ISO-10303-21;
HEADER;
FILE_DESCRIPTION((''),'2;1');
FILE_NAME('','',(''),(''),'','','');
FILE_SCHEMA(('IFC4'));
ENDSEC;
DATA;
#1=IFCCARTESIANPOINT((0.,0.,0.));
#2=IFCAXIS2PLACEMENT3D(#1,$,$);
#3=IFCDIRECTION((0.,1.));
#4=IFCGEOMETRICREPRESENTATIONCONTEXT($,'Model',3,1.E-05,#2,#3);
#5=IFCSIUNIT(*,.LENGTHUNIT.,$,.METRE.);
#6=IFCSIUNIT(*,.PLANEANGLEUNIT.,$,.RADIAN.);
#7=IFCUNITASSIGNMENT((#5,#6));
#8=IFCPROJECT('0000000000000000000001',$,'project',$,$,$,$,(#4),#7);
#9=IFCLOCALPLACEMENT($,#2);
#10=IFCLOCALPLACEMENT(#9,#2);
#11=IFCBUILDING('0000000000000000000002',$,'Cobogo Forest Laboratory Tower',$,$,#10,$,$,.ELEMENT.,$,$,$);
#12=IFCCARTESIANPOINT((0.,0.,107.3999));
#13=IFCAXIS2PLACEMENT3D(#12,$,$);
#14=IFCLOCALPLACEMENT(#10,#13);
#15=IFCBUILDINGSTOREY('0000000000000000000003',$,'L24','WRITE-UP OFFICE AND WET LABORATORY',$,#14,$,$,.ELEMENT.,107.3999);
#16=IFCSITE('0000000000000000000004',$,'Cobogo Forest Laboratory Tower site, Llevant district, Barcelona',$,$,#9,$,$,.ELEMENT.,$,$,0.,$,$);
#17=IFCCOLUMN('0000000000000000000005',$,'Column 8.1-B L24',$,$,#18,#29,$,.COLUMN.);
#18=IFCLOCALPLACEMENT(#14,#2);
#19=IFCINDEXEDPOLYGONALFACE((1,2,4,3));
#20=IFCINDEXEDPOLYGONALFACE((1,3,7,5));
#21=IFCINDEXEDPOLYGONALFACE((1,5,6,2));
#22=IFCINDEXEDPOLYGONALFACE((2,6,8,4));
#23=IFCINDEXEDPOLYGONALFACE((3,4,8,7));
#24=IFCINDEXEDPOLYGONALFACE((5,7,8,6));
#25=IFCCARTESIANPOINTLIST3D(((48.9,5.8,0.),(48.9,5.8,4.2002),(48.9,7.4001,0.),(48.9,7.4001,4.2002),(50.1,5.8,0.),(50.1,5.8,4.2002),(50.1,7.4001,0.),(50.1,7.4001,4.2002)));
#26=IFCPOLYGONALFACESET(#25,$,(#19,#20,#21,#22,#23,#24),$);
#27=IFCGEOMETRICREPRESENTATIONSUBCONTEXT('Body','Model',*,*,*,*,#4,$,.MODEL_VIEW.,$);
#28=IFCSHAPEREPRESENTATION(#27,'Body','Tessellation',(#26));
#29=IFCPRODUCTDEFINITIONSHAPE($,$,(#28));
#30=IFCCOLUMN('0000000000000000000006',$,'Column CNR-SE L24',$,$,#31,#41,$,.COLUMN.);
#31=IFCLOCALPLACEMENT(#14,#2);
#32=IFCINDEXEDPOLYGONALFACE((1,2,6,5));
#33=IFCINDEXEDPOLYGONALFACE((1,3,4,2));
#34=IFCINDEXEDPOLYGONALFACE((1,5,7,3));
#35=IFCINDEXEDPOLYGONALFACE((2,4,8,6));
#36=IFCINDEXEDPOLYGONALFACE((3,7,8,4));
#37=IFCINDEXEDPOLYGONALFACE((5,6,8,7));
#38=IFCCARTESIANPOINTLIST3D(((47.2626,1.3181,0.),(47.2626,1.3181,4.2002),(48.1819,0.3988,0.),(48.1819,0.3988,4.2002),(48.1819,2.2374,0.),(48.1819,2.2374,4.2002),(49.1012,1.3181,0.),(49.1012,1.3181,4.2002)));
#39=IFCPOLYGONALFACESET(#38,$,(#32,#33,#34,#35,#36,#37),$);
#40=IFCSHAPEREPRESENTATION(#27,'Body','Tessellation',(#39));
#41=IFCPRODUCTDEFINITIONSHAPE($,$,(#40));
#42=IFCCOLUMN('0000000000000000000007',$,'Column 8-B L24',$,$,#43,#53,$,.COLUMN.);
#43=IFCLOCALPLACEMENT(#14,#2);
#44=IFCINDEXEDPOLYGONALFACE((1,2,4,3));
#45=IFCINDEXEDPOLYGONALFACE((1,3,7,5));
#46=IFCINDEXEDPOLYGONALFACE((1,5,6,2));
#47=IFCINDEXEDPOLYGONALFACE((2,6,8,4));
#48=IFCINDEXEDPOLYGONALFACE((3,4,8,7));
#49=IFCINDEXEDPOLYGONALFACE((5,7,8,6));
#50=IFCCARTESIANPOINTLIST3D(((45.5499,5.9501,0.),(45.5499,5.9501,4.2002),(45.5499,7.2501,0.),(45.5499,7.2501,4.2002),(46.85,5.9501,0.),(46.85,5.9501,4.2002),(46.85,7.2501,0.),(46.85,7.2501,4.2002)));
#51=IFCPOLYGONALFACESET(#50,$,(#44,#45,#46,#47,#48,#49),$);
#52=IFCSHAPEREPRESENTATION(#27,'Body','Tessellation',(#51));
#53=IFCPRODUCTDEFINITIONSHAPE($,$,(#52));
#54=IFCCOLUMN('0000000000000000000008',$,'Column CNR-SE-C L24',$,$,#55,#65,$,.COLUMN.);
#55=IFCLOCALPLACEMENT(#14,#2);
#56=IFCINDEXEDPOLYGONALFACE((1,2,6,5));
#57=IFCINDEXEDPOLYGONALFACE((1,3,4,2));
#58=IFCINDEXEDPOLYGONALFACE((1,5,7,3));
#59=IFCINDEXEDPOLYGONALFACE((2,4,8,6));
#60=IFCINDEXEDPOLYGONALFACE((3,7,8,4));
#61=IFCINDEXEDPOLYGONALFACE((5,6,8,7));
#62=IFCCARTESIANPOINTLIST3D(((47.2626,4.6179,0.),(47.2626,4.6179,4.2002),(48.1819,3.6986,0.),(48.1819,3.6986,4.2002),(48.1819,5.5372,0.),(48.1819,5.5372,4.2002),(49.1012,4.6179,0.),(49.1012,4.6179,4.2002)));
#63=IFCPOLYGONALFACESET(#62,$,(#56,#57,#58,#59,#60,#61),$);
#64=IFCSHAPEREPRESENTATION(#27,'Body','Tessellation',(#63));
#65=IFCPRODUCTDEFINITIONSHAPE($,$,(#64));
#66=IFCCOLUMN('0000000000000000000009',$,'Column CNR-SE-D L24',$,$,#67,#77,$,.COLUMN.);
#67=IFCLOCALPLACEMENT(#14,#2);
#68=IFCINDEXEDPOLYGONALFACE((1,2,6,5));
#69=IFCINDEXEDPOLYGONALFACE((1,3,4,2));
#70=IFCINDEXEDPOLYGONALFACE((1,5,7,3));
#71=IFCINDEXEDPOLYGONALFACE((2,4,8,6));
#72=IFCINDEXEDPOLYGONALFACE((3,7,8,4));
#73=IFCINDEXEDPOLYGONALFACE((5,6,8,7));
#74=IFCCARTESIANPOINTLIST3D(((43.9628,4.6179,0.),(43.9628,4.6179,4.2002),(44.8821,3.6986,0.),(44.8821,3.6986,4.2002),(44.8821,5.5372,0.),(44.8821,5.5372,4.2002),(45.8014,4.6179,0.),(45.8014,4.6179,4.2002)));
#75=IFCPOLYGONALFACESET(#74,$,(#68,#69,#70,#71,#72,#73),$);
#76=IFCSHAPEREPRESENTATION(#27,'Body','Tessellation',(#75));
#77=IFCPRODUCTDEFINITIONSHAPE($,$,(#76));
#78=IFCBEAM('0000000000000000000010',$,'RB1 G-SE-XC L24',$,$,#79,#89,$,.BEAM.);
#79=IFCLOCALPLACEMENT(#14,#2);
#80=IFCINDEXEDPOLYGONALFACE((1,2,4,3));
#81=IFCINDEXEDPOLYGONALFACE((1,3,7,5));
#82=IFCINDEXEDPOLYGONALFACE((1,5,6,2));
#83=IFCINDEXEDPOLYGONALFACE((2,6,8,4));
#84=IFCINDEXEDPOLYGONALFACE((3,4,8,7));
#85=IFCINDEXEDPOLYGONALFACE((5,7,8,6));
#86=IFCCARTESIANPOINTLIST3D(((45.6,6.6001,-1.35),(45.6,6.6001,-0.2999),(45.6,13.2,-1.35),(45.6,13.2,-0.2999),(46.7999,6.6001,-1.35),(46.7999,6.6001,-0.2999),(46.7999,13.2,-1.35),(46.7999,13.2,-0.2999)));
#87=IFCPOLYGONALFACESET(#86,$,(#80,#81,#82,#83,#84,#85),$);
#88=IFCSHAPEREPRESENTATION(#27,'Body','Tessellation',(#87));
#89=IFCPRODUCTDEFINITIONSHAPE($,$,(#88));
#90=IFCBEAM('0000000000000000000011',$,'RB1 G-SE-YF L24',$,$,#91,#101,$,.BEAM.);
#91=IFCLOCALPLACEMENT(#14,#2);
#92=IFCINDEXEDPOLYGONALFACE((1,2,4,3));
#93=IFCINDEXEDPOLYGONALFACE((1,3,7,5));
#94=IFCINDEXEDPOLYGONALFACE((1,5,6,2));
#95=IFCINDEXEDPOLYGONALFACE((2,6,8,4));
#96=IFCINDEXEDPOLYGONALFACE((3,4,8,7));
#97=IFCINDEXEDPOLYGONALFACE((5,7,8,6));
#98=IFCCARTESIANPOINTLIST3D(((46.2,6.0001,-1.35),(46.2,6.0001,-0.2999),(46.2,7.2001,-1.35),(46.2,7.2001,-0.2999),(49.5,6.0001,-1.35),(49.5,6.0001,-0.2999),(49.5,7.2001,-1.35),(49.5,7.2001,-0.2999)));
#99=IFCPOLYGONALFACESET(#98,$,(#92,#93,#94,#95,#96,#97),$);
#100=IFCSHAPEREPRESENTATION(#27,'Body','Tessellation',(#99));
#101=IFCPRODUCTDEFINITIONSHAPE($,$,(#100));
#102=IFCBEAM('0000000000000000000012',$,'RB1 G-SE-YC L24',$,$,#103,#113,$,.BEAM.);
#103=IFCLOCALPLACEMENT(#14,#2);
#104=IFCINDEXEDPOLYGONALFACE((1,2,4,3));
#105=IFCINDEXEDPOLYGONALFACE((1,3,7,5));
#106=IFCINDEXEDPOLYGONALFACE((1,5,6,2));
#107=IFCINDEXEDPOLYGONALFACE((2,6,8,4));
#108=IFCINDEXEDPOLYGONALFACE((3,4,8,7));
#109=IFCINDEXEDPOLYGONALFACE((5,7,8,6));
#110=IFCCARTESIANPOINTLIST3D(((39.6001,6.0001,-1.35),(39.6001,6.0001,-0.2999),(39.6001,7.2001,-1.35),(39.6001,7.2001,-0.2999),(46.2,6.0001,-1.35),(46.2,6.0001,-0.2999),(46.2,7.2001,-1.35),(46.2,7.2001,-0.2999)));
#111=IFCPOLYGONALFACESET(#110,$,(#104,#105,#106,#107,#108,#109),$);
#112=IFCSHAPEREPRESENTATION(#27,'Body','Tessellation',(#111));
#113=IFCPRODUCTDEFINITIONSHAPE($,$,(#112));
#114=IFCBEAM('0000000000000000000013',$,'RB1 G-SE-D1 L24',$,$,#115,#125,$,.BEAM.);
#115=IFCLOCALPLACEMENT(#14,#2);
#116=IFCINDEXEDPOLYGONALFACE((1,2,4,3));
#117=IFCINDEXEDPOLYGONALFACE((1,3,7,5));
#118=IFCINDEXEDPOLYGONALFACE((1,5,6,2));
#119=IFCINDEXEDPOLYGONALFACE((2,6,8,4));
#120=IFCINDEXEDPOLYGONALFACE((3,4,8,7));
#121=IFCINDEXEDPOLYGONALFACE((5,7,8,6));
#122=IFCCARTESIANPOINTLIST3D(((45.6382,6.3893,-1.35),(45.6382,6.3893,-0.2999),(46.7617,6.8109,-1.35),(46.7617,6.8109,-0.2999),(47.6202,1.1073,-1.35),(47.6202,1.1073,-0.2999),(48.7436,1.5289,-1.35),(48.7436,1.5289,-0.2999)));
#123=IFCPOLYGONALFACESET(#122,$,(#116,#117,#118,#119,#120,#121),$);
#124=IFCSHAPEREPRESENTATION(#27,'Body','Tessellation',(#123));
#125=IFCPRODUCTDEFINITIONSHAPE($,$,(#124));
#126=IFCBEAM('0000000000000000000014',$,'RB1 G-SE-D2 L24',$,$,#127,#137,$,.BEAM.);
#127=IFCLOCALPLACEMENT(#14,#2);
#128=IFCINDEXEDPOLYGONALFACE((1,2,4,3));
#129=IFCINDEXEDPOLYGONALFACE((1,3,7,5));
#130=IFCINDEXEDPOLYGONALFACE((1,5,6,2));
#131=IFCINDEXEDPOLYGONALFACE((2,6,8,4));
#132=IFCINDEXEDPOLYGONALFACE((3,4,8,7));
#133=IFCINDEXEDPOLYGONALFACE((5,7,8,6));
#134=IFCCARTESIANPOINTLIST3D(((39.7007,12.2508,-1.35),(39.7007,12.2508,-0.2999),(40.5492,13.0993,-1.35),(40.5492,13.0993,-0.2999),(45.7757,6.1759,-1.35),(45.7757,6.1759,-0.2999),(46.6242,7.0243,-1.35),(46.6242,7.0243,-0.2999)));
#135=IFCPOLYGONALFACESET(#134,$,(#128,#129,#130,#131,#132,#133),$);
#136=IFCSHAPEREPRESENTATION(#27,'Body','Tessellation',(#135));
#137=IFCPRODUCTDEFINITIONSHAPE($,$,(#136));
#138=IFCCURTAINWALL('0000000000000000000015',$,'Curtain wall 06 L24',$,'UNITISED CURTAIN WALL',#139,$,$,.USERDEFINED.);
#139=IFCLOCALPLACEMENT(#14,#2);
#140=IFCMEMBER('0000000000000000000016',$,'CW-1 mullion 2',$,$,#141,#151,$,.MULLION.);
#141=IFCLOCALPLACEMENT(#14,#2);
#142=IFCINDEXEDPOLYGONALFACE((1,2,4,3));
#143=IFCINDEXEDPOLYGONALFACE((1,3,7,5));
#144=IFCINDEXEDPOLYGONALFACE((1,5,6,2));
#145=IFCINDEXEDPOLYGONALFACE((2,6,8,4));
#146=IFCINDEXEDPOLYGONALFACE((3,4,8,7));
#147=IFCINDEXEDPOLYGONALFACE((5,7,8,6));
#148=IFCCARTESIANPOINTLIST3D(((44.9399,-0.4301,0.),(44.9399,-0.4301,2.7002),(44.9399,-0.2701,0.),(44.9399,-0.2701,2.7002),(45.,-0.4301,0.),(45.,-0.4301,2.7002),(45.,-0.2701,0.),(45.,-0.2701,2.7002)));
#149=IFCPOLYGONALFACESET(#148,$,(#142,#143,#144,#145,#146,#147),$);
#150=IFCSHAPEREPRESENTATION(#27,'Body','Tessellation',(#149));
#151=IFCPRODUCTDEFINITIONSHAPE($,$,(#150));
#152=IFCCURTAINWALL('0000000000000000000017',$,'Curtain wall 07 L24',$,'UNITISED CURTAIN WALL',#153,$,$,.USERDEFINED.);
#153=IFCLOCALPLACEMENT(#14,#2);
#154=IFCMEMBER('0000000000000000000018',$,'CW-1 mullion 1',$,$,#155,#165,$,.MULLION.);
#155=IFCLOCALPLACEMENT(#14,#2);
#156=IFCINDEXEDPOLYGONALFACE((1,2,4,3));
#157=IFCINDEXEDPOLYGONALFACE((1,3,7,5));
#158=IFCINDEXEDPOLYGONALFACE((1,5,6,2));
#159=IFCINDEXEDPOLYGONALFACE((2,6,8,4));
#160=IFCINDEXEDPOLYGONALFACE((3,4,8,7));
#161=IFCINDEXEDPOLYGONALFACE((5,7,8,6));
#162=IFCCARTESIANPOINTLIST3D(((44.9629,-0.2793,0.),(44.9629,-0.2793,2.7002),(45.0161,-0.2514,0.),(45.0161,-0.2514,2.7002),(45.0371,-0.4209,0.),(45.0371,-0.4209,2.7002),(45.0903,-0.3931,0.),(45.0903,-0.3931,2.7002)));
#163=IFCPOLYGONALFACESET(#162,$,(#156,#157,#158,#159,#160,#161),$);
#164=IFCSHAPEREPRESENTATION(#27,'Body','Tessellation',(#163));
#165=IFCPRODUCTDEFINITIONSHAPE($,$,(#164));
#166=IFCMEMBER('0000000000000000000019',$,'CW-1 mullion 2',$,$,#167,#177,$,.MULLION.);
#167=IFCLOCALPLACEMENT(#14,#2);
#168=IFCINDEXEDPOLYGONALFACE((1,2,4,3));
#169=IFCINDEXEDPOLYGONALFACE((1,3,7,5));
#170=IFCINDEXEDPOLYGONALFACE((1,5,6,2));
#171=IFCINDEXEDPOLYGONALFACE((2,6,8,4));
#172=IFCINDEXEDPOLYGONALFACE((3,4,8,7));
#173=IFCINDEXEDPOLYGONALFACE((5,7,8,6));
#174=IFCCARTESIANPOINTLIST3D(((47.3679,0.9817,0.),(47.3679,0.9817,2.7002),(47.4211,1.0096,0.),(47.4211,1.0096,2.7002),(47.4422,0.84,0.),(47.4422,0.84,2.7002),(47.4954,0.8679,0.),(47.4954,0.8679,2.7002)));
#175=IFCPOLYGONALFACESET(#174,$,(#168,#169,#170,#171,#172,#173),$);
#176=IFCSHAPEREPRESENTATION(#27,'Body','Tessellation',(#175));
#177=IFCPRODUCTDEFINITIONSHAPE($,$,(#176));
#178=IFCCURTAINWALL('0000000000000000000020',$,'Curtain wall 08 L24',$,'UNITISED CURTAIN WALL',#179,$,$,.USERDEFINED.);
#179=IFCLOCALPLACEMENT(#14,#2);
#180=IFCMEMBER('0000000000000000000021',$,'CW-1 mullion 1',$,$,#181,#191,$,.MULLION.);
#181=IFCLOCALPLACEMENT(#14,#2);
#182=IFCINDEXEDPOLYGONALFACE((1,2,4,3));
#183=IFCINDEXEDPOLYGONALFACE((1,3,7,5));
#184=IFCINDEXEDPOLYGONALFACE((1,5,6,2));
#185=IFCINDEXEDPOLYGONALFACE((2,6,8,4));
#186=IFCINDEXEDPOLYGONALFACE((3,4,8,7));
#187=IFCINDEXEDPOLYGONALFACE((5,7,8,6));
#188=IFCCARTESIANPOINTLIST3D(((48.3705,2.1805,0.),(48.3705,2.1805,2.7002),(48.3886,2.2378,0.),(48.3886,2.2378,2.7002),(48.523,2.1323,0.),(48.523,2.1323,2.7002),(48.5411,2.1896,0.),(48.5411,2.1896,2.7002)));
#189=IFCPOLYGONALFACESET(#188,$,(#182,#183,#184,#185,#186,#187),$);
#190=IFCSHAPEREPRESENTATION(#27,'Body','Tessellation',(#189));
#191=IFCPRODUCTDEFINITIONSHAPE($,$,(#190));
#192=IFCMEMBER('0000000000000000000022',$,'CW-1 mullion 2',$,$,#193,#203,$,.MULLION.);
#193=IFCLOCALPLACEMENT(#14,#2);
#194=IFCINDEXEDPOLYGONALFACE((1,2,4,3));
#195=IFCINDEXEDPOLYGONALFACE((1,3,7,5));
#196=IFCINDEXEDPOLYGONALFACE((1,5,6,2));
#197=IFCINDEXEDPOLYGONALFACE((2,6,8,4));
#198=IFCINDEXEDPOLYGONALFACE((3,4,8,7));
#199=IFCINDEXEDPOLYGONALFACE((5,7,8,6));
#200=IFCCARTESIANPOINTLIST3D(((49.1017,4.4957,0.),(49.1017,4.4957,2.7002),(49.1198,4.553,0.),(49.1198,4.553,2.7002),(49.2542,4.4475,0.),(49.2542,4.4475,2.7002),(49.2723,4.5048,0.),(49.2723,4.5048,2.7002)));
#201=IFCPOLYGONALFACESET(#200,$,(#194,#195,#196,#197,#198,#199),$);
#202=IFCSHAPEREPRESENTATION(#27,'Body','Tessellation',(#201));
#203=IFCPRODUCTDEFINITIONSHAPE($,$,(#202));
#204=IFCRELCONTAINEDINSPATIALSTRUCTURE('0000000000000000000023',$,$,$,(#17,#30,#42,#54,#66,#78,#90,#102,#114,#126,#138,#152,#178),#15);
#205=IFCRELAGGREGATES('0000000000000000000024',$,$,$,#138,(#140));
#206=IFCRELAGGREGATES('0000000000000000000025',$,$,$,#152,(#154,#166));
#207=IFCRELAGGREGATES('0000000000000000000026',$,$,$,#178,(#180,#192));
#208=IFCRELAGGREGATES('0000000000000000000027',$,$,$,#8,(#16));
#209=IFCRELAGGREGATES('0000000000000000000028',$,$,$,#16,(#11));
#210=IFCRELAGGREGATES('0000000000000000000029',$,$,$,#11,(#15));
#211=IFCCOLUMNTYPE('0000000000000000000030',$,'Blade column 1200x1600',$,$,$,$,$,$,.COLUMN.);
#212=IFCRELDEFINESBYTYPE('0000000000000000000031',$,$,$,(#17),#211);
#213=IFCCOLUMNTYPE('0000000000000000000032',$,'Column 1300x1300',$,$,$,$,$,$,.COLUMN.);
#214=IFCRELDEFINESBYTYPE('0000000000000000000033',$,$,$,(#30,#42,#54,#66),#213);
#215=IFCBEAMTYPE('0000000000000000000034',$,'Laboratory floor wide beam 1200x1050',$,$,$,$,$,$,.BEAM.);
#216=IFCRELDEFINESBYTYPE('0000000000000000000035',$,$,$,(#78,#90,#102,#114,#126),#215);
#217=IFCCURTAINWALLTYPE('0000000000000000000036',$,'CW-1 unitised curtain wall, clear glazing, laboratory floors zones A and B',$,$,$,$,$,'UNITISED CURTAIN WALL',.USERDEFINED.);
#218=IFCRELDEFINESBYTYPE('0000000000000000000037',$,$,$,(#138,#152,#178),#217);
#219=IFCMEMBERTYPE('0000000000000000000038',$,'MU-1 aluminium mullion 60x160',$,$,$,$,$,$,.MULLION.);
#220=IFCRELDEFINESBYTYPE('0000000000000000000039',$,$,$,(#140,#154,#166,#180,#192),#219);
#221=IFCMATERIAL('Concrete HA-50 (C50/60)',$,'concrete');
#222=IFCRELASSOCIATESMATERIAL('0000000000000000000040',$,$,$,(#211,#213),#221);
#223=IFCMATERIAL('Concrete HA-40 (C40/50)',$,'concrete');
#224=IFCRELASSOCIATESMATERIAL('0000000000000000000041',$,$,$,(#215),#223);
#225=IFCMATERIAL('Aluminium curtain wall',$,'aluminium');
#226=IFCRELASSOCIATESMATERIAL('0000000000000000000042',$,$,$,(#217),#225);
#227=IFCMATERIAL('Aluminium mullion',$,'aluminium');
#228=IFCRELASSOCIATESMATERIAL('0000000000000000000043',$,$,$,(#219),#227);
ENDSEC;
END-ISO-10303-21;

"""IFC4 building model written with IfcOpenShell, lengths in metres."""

from ifc_helpers import new_model, si_unit, direction, frame, origin, origin_2d, place, context, subcontext, project, spatial, rectangle, extrude, material, material_profile, profile_set, type_object, element, aggregate, save


model = new_model("IFC4")

# Units and contexts
model_context = context("Model", 3, precision=1e-05, world=origin(), true_north=direction((0.0, 1.0)))
body_context = subcontext(model_context, "Body", "Model", "MODEL_VIEW")
ifc_project = project(units=[si_unit("LENGTHUNIT", "METRE"), si_unit("PLANEANGLEUNIT", "RADIAN")], contexts=[model_context])

# Site, building, storey
site_placement = place(None, origin())
site = spatial("IfcSite", under=ifc_project, at=site_placement, Name="Cobogo Forest Laboratory Tower site, Llevant district, Barcelona", CompositionType="ELEMENT", RefElevation=0.0)
building_placement = place(site_placement, origin())
building = spatial("IfcBuilding", under=site, at=building_placement, Name="Cobogo Forest Laboratory Tower", CompositionType="ELEMENT")
storey_placement = place(building_placement, frame((0.0, 0.0, 107.3999)))
storey = spatial("IfcBuildingStorey", under=building, at=storey_placement, Name="L24", Description="WRITE-UP OFFICE AND WET LABORATORY", CompositionType="ELEMENT", Elevation=107.3999)

# Columns
ifc_material_1 = material(Name="Concrete HA-50 (C50/60)", Category="concrete")
ifc_material_profile_1 = material_profile(ifc_material_1, rectangle(XDim=1.6001, YDim=1.2, at=origin_2d()), Name="RC 1200x1600")
ifc_profile_set_1 = profile_set([ifc_material_profile_1], Name="Concrete HA-50 (C50/60)")
column_type_1 = type_object("IfcColumnType", Name="Blade column 1200x1600", PredefinedType="COLUMN", material=ifc_profile_set_1)
column_placement = place(storey_placement, frame((49.5, 6.6001, 0.0), z_axis=(0.0, 0.0, 1.0), x_axis=(0.0, 1.0, 0.0)))
element("IfcColumn", 1, at=column_placement, inside=storey, type_object=column_type_1, Name="Column 8.1-B L24", PredefinedType="COLUMN", context=body_context, shape_type="SweptSolid", body=[
    extrude(rectangle(XDim=1.6001, YDim=1.2, at=origin_2d()), origin(), (0.0, 0.0, 1.0), 4.2002),
])
ifc_material_profile_2 = material_profile(ifc_material_1, rectangle(XDim=1.3, YDim=1.3, at=origin_2d()), Name="RC 1300x1300")
ifc_profile_set_2 = profile_set([ifc_material_profile_2], Name="Concrete HA-50 (C50/60)")
column_type_2 = type_object("IfcColumnType", Name="Column 1300x1300", PredefinedType="COLUMN", material=ifc_profile_set_2)
for number, where, z_axis, x_axis, name in (
    (2, (48.1819, 1.3181, 0.0), (0.0, 0.0, 1.0), (0.707107, 0.707107, 0.0), "Column CNR-SE L24"),
    (3, (46.2, 6.6001, 0.0), (0.0, 0.0, 1.0), (1.0, 0.0, 0.0), "Column 8-B L24"),
    (4, (48.1819, 4.6179, 0.0), (0.0, 0.0, 1.0), (0.707107, 0.707107, 0.0), "Column CNR-SE-C L24"),
    (5, (44.8821, 4.6179, 0.0), (0.0, 0.0, 1.0), (0.707107, 0.707107, 0.0), "Column CNR-SE-D L24"),
):
    element("IfcColumn", number, at=place(storey_placement, frame(where, z_axis=z_axis, x_axis=x_axis)), inside=storey, type_object=column_type_2, Name=name, PredefinedType="COLUMN", context=body_context, shape_type="SweptSolid", body=[
        extrude(rectangle(XDim=1.3, YDim=1.3, at=origin_2d()), origin(), (0.0, 0.0, 1.0), 4.2002),
    ])

# Beams
ifc_material_2 = material(Name="Concrete HA-40 (C40/50)", Category="concrete")
ifc_material_profile_3 = material_profile(ifc_material_2, rectangle(XDim=1.2, YDim=1.05, at=origin_2d()), Name="RC 1200x1050")
ifc_profile_set_3 = profile_set([ifc_material_profile_3], Name="Concrete HA-40 (C40/50)")
beam_type_1 = type_object("IfcBeamType", Name="Laboratory floor wide beam 1200x1050", PredefinedType="BEAM", material=ifc_profile_set_3)
beam_1_placement = place(storey_placement, frame((46.2, 6.6001, -0.825), z_axis=(0.0, 1.0, 0.0), x_axis=(-1.0, 0.0, 0.0)))
element("IfcBeam", 6, at=beam_1_placement, inside=storey, type_object=beam_type_1, Name="RB1 G-SE-XC L24", PredefinedType="BEAM", context=body_context, shape_type="SweptSolid", body=[
    extrude(rectangle(XDim=1.2, YDim=1.05, at=origin_2d()), origin(), (0.0, 0.0, 1.0), 6.5999),
])
beam_2_placement = place(storey_placement, frame((49.5, 6.6001, -0.825), z_axis=(-1.0, 0.0, 0.0), x_axis=(0.0, -1.0, 0.0)))
element("IfcBeam", 7, at=beam_2_placement, inside=storey, type_object=beam_type_1, Name="RB1 G-SE-YF L24", PredefinedType="BEAM", context=body_context, shape_type="SweptSolid", body=[
    extrude(rectangle(XDim=1.2, YDim=1.05, at=origin_2d()), origin(), (0.0, 0.0, 1.0), 3.3),
])
beam_3_placement = place(storey_placement, frame((46.2, 6.6001, -0.825), z_axis=(-1.0, 0.0, 0.0), x_axis=(0.0, -1.0, 0.0)))
element("IfcBeam", 8, at=beam_3_placement, inside=storey, type_object=beam_type_1, Name="RB1 G-SE-YC L24", PredefinedType="BEAM", context=body_context, shape_type="SweptSolid", body=[
    extrude(rectangle(XDim=1.2, YDim=1.05, at=origin_2d()), origin(), (0.0, 0.0, 1.0), 6.5999),
])
beam_4_placement = place(storey_placement, frame((48.1819, 1.3181, -0.825), z_axis=(-0.351308, 0.93626, 0.0), x_axis=(-0.93626, -0.351308, 0.0)))
element("IfcBeam", 9, at=beam_4_placement, inside=storey, type_object=beam_type_1, Name="RB1 G-SE-D1 L24", PredefinedType="BEAM", context=body_context, shape_type="SweptSolid", body=[
    extrude(rectangle(XDim=1.2, YDim=1.05, at=origin_2d()), origin(), (0.0, 0.0, 1.0), 5.6416),
])
beam_5_placement = place(storey_placement, frame((46.2, 6.6001, -0.825), z_axis=(-0.707107, 0.707107, 0.0), x_axis=(-0.707107, -0.707107, 0.0)))
element("IfcBeam", 10, at=beam_5_placement, inside=storey, type_object=beam_type_1, Name="RB1 G-SE-D2 L24", PredefinedType="BEAM", context=body_context, shape_type="SweptSolid", body=[
    extrude(rectangle(XDim=1.2, YDim=1.05, at=origin_2d()), origin(), (0.0, 0.0, 1.0), 8.5913),
])

# Curtain wall, member
ifc_material_3 = material(Name="Aluminium curtain wall", Category="aluminium")
curtain_wall_type = type_object("IfcCurtainWallType", Name="CW-1 unitised curtain wall, clear glazing, laboratory floors zones A and B", ElementType="UNITISED CURTAIN WALL", PredefinedType="USERDEFINED", material=ifc_material_3)
curtain_wall_1_placement = place(storey_placement, origin())
curtain_wall_1 = element("IfcCurtainWall", 11, at=curtain_wall_1_placement, inside=storey, type_object=curtain_wall_type, Name="Curtain wall 06 L24", ObjectType="UNITISED CURTAIN WALL", PredefinedType="USERDEFINED")
ifc_material_4 = material(Name="Aluminium mullion", Category="aluminium")
ifc_material_profile_4 = material_profile(ifc_material_4, rectangle(XDim=0.0601, YDim=0.1599, at=origin_2d()), Name="AL 60x160")
ifc_profile_set_4 = profile_set([ifc_material_profile_4], Name="Aluminium mullion")
member_type_1 = type_object("IfcMemberType", Name="MU-1 aluminium mullion 60x160", PredefinedType="MULLION", material=ifc_profile_set_4)
member_1_placement = place(storey_placement, frame((44.97, -0.3501, 0.0), z_axis=(0.0, 0.0, 1.0), x_axis=(1.0, 0.0, 0.0)))
member_1 = element("IfcMember", 12, at=member_1_placement, type_object=member_type_1, Name="CW-1 mullion 2", PredefinedType="MULLION", context=body_context, shape_type="SweptSolid", body=[
    extrude(rectangle(XDim=0.0601, YDim=0.1599, at=origin_2d()), origin(), (0.0, 0.0, 1.0), 2.7002),
])

# Curtain walls, members
curtain_wall_2_placement = place(storey_placement, origin())
curtain_wall_2 = element("IfcCurtainWall", 13, at=curtain_wall_2_placement, inside=storey, type_object=curtain_wall_type, Name="Curtain wall 07 L24", ObjectType="UNITISED CURTAIN WALL", PredefinedType="USERDEFINED")
member_2_placement = place(storey_placement, frame((45.0266, -0.3362, 0.0), z_axis=(0.0, 0.0, 1.0), x_axis=(0.885687, 0.464284, 0.0)))
member_2 = element("IfcMember", 14, at=member_2_placement, type_object=member_type_1, Name="CW-1 mullion 1", PredefinedType="MULLION", context=body_context, shape_type="SweptSolid", body=[
    extrude(rectangle(XDim=0.0601, YDim=0.1599, at=origin_2d()), origin(), (0.0, 0.0, 1.0), 2.7002),
])
member_3_placement = place(storey_placement, frame((47.4316, 0.9248, 0.0), z_axis=(0.0, 0.0, 1.0), x_axis=(0.885687, 0.464284, 0.0)))
member_3 = element("IfcMember", 15, at=member_3_placement, type_object=member_type_1, Name="CW-1 mullion 2", PredefinedType="MULLION", context=body_context, shape_type="SweptSolid", body=[
    extrude(rectangle(XDim=0.0601, YDim=0.1599, at=origin_2d()), origin(), (0.0, 0.0, 1.0), 2.7002),
])
curtain_wall_3_placement = place(storey_placement, origin())
curtain_wall_3 = element("IfcCurtainWall", 16, at=curtain_wall_3_placement, inside=storey, type_object=curtain_wall_type, Name="Curtain wall 08 L24", ObjectType="UNITISED CURTAIN WALL", PredefinedType="USERDEFINED")
member_4_placement = place(storey_placement, frame((48.4558, 2.1851, 0.0), z_axis=(0.0, 0.0, 1.0), x_axis=(0.301135, 0.953581, 0.0)))
member_4 = element("IfcMember", 17, at=member_4_placement, type_object=member_type_1, Name="CW-1 mullion 1", PredefinedType="MULLION", context=body_context, shape_type="SweptSolid", body=[
    extrude(rectangle(XDim=0.0601, YDim=0.1599, at=origin_2d()), origin(), (0.0, 0.0, 1.0), 2.7002),
])
member_5_placement = place(storey_placement, frame((49.187, 4.5002, 0.0), z_axis=(0.0, 0.0, 1.0), x_axis=(0.301135, 0.953581, 0.0)))
member_5 = element("IfcMember", 18, at=member_5_placement, type_object=member_type_1, Name="CW-1 mullion 2", PredefinedType="MULLION", context=body_context, shape_type="SweptSolid", body=[
    extrude(rectangle(XDim=0.0601, YDim=0.1599, at=origin_2d()), origin(), (0.0, 0.0, 1.0), 2.7002),
])

aggregate(curtain_wall_1, [member_1])
aggregate(curtain_wall_2, [member_2, member_3])
aggregate(curtain_wall_3, [member_4, member_5])

save(model, "model.ifc")
